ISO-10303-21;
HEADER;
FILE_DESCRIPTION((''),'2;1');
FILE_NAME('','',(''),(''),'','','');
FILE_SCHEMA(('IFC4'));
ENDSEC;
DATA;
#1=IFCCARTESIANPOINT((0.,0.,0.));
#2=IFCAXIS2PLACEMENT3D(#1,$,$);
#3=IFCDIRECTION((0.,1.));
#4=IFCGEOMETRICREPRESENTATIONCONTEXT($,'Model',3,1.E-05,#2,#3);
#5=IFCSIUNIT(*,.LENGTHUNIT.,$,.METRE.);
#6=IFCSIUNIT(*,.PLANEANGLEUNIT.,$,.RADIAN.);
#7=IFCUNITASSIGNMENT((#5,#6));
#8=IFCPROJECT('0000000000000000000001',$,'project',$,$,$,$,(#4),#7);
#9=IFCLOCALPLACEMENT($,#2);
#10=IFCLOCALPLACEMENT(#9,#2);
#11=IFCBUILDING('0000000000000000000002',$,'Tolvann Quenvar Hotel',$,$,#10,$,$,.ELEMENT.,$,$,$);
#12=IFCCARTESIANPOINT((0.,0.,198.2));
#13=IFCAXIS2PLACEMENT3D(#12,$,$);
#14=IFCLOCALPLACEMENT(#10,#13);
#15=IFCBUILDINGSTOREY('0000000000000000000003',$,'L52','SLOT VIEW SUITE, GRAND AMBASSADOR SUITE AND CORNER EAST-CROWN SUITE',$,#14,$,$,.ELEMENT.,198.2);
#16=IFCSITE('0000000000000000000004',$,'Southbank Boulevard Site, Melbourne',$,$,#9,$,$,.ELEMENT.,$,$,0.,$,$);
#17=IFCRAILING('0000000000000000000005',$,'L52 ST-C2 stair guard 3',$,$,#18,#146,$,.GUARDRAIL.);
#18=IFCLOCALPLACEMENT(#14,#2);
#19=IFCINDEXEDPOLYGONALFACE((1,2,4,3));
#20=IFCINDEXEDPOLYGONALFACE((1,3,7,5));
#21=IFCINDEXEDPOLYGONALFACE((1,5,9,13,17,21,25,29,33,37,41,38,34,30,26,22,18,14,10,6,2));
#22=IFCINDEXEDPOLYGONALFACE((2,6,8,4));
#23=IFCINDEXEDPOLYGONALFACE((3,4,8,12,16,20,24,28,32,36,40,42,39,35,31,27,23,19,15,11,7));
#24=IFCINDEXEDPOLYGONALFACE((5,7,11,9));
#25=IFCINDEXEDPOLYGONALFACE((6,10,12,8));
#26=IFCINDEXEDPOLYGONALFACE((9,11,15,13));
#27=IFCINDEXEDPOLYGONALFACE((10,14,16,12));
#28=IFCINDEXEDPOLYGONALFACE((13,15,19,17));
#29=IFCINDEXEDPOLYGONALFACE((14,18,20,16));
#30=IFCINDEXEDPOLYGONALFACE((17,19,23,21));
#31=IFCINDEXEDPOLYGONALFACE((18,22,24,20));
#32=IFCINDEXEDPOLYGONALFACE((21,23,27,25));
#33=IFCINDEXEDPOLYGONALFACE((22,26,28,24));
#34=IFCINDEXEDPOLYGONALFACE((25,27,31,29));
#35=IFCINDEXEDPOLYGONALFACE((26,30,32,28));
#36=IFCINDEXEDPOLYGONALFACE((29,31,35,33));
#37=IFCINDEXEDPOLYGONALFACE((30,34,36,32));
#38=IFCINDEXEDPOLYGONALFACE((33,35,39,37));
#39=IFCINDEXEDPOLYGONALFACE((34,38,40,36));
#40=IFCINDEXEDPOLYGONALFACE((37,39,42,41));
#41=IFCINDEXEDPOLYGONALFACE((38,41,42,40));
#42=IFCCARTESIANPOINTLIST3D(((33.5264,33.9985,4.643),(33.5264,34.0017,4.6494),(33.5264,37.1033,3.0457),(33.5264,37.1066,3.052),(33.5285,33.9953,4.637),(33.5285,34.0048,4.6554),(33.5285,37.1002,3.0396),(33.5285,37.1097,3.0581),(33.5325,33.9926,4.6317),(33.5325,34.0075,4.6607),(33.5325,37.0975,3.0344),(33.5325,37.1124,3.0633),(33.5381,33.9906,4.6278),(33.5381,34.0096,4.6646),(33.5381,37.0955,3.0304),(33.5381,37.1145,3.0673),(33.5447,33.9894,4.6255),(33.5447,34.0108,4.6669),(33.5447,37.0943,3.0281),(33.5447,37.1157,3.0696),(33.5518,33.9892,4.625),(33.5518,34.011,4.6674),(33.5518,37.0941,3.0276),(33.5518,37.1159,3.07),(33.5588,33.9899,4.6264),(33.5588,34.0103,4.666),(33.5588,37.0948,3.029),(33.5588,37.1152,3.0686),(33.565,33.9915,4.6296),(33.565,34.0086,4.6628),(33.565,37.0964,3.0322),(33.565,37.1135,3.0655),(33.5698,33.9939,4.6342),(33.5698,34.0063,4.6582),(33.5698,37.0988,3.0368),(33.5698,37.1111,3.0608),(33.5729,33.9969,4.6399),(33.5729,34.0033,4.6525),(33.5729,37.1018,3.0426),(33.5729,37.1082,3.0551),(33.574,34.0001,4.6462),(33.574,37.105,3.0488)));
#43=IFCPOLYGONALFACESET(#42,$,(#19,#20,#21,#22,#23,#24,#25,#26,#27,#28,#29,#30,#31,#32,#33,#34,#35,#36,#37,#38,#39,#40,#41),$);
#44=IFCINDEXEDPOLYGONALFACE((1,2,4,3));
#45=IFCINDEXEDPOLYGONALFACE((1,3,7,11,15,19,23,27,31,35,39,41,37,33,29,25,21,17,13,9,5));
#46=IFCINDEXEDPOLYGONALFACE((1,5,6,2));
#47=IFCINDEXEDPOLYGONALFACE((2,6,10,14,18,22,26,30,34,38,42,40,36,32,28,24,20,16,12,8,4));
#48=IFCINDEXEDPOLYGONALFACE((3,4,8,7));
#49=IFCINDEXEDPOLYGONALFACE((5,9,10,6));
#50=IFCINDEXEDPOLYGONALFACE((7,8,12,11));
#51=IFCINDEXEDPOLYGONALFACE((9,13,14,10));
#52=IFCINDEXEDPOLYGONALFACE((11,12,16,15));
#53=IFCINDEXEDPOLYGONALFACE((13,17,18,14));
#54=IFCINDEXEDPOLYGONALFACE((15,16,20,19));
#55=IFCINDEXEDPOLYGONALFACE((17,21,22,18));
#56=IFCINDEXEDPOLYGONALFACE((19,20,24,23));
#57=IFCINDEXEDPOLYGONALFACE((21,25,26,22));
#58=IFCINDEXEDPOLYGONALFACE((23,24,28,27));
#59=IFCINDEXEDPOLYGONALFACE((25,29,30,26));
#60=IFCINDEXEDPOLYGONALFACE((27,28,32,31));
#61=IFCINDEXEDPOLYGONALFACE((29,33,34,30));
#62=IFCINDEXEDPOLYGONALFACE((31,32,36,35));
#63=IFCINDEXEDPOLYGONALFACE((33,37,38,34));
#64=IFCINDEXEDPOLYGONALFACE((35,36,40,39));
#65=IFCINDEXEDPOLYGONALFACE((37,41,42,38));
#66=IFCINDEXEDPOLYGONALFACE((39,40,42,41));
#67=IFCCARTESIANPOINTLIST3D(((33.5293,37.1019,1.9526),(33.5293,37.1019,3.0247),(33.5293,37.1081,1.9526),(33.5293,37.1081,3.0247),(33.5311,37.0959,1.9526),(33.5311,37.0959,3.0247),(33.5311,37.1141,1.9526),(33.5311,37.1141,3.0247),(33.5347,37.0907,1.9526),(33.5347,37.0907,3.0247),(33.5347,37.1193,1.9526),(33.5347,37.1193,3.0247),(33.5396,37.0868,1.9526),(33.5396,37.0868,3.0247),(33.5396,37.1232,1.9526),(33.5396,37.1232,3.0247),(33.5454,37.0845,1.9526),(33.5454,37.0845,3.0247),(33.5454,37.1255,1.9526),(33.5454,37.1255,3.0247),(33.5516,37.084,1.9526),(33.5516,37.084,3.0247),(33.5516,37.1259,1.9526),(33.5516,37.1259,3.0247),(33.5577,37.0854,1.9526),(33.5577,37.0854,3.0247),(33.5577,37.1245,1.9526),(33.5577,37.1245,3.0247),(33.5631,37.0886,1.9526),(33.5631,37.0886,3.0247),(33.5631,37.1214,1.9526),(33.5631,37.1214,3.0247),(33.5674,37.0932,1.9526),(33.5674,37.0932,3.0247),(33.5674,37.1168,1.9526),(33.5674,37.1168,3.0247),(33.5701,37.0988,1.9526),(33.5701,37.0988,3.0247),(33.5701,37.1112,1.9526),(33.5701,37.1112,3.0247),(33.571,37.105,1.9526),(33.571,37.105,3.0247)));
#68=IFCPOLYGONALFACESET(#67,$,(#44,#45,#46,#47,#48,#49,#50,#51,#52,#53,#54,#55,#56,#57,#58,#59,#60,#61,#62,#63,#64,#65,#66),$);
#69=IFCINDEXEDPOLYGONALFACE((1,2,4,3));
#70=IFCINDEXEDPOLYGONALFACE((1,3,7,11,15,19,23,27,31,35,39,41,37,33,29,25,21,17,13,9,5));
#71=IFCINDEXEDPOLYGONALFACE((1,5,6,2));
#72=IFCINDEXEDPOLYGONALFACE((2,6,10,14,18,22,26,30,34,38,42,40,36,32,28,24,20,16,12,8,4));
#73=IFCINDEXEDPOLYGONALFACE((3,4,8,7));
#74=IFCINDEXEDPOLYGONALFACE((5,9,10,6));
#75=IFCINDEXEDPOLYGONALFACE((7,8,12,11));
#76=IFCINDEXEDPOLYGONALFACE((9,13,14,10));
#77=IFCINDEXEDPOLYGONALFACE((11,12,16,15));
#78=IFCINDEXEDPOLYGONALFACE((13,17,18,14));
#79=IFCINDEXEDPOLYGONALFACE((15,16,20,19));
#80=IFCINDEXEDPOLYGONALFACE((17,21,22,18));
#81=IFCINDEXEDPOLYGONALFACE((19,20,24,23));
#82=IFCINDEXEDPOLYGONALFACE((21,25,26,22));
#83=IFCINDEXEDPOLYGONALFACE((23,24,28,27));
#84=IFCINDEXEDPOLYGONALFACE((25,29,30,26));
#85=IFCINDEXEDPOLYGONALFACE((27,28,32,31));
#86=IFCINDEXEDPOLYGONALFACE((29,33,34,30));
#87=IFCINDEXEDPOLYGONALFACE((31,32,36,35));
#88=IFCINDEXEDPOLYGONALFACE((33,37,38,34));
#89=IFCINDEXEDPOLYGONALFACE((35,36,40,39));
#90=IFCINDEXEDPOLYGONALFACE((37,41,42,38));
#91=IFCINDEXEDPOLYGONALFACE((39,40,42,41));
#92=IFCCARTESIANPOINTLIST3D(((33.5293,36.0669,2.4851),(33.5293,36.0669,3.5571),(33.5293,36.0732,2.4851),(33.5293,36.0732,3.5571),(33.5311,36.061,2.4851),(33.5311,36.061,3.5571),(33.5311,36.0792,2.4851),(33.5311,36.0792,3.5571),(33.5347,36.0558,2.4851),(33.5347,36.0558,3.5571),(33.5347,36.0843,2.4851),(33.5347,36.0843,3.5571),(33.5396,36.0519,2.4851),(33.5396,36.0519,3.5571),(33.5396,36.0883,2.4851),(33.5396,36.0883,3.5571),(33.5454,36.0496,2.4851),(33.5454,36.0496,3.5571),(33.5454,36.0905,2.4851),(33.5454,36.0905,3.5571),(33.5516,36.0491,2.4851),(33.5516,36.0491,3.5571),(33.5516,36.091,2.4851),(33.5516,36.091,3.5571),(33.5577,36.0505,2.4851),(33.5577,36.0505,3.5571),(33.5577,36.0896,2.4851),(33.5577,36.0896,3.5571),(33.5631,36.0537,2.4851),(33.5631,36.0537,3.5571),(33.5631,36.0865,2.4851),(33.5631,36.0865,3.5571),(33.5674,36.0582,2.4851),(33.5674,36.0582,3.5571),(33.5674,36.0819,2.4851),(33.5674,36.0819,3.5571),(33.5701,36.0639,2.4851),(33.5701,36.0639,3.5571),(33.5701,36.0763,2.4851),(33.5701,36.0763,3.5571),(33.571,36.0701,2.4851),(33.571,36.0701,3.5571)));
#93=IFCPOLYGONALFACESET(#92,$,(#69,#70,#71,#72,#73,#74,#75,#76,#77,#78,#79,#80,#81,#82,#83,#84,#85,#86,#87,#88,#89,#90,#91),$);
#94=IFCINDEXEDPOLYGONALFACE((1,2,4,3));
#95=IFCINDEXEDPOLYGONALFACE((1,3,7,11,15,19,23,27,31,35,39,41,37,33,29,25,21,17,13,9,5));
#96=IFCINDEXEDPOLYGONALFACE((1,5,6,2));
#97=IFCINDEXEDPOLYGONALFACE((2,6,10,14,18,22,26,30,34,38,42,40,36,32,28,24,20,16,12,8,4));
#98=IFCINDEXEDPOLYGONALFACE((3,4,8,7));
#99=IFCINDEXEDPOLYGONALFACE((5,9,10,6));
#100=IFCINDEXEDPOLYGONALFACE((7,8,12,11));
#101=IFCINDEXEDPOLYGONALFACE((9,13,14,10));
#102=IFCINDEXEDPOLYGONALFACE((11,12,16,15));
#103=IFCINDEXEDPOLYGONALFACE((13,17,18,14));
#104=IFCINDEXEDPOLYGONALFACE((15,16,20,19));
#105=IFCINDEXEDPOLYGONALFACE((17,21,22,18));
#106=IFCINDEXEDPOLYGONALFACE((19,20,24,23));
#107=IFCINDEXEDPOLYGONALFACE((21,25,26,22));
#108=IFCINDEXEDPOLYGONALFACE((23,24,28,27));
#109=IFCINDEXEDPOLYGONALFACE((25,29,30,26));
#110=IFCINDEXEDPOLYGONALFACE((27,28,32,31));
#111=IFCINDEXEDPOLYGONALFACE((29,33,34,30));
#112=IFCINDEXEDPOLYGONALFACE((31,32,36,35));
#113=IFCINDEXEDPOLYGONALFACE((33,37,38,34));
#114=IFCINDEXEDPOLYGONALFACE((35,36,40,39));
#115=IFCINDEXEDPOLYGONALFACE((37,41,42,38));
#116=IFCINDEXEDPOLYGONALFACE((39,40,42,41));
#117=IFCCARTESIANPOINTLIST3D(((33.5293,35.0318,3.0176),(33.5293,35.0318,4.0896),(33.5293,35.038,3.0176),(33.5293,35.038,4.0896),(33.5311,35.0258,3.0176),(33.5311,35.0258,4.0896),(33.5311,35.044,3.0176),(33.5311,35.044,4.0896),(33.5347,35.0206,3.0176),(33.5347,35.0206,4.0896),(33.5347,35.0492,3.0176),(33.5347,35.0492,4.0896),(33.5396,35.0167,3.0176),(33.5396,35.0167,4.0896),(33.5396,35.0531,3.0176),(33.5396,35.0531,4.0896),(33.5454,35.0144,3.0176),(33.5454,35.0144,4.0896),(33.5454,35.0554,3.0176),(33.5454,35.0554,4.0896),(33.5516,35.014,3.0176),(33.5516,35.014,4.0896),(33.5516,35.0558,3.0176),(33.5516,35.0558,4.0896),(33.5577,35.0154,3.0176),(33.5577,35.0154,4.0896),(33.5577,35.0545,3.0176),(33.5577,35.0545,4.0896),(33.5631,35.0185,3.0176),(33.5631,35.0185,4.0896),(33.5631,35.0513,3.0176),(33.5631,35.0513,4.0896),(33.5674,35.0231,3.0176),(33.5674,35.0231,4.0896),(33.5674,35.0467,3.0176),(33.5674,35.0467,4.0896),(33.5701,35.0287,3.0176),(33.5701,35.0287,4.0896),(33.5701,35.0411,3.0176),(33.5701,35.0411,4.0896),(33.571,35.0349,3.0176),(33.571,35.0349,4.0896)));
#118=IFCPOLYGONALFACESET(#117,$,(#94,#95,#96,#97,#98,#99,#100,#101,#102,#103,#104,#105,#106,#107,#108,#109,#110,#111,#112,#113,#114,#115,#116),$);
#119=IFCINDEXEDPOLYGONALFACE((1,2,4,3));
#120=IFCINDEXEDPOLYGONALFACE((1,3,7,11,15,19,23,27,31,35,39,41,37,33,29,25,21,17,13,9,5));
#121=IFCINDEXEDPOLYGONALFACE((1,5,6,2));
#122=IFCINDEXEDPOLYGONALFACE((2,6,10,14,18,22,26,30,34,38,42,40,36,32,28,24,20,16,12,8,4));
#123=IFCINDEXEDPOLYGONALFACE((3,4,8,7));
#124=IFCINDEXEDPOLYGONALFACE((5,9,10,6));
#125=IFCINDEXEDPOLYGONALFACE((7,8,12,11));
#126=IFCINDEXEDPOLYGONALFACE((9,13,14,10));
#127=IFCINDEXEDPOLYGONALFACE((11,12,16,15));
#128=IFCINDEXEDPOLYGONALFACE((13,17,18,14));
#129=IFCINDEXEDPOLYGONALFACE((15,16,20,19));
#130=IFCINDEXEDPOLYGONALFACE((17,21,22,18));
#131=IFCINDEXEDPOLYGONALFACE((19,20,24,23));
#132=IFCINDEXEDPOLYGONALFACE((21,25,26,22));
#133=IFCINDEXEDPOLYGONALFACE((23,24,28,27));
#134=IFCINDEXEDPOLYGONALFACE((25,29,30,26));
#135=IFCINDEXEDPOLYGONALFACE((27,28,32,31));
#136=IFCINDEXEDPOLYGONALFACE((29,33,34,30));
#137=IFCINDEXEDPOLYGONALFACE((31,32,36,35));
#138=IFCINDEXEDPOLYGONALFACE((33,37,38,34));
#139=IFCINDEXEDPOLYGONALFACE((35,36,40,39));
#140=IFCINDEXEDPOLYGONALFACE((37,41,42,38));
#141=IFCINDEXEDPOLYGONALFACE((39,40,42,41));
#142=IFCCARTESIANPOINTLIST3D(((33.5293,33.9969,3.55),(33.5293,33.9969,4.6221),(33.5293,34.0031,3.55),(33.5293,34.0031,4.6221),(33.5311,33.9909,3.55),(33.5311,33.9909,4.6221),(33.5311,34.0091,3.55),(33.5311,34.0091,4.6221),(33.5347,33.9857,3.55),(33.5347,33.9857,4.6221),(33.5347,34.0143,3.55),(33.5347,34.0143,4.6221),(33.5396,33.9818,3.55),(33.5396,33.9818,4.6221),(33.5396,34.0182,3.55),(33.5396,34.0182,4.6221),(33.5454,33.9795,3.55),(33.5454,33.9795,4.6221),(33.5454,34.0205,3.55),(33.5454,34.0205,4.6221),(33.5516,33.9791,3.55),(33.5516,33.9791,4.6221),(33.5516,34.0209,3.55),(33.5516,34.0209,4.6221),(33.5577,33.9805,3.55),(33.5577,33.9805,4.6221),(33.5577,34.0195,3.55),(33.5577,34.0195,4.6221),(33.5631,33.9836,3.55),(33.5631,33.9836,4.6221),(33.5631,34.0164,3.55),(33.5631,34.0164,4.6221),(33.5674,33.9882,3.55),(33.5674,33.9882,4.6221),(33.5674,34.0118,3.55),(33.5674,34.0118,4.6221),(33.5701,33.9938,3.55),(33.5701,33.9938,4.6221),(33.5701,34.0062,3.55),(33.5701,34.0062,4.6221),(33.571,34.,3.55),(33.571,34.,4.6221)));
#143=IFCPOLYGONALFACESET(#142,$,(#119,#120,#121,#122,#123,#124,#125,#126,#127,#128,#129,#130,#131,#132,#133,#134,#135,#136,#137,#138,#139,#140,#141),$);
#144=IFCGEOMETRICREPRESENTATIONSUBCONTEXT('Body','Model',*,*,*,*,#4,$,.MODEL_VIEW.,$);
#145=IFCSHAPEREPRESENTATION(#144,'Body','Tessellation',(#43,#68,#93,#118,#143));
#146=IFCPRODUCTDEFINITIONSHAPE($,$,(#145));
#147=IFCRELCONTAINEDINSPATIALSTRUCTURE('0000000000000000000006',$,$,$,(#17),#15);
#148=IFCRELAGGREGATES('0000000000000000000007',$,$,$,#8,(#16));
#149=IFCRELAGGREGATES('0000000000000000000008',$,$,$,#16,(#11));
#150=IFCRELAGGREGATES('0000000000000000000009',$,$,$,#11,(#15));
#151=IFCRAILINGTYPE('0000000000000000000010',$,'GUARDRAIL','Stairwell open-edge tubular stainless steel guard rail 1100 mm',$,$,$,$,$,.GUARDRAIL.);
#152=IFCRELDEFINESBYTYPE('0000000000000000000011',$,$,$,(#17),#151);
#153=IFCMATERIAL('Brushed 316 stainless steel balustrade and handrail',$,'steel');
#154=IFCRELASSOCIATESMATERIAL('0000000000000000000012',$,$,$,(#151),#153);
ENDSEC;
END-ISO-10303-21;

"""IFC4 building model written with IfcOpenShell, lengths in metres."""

from ifc_helpers import new_model, si_unit, direction, frame, origin, origin_2d, place, context, subcontext, project, spatial, circle, extrude, material, type_object, element, save


model = new_model("IFC4")

# Units and contexts
model_context = context("Model", 3, precision=1e-05, world=origin(), true_north=direction((0.0, 1.0)))
body_context = subcontext(model_context, "Body", "Model", "MODEL_VIEW")
ifc_project = project(units=[si_unit("LENGTHUNIT", "METRE"), si_unit("PLANEANGLEUNIT", "RADIAN")], contexts=[model_context])

# Site, building, storey
site_placement = place(None, origin())
site = spatial("IfcSite", under=ifc_project, at=site_placement, Name="Southbank Boulevard Site, Melbourne", CompositionType="ELEMENT", RefElevation=0.0)
building_placement = place(site_placement, origin())
building = spatial("IfcBuilding", under=site, at=building_placement, Name="Tolvann Quenvar Hotel", CompositionType="ELEMENT")
storey_placement = place(building_placement, frame((0.0, 0.0, 198.2)))
storey = spatial("IfcBuildingStorey", under=building, at=storey_placement, Name="L52", Description="SLOT VIEW SUITE, GRAND AMBASSADOR SUITE AND CORNER EAST-CROWN SUITE", CompositionType="ELEMENT", Elevation=198.2)

# Railing
ifc_material_1 = material(Name="Brushed 316 stainless steel balustrade and handrail", Category="steel")
railing_type_1 = type_object("IfcRailingType", Name="GUARDRAIL", Description="Stairwell open-edge tubular stainless steel guard rail 1100 mm", PredefinedType="GUARDRAIL", material=ifc_material_1)
railing_1_placement = place(storey_placement, frame((33.55, 37.105, 1.9526)))
element("IfcRailing", 1, at=railing_1_placement, inside=storey, type_object=railing_type_1, Name="L52 ST-C2 stair guard 3", PredefinedType="GUARDRAIL", context=body_context, shape_type="SweptSolid", body=[
    extrude(circle(Radius=0.0239, at=origin_2d()), frame((0.0, 0.0, 1.0962), z_axis=(0.0, -0.889222, 0.457476), x_axis=(1.0, 0.0, 0.0)), (0.0, 0.0, 1.0), 3.4917),
    extrude(circle(Radius=0.021, at=origin_2d()), origin(), (0.0, 0.0, 1.0), 1.072),
    extrude(circle(Radius=0.021, at=origin_2d()), frame((0.0, -1.0349, 0.5325)), (0.0, 0.0, 1.0), 1.072),
    extrude(circle(Radius=0.021, at=origin_2d()), frame((0.0, -2.0701, 1.0649)), (0.0, 0.0, 1.0), 1.072),
    extrude(circle(Radius=0.021, at=origin_2d()), frame((0.0, -3.105, 1.5974)), (0.0, 0.0, 1.0), 1.072),
])

save(model, "model.ifc")
